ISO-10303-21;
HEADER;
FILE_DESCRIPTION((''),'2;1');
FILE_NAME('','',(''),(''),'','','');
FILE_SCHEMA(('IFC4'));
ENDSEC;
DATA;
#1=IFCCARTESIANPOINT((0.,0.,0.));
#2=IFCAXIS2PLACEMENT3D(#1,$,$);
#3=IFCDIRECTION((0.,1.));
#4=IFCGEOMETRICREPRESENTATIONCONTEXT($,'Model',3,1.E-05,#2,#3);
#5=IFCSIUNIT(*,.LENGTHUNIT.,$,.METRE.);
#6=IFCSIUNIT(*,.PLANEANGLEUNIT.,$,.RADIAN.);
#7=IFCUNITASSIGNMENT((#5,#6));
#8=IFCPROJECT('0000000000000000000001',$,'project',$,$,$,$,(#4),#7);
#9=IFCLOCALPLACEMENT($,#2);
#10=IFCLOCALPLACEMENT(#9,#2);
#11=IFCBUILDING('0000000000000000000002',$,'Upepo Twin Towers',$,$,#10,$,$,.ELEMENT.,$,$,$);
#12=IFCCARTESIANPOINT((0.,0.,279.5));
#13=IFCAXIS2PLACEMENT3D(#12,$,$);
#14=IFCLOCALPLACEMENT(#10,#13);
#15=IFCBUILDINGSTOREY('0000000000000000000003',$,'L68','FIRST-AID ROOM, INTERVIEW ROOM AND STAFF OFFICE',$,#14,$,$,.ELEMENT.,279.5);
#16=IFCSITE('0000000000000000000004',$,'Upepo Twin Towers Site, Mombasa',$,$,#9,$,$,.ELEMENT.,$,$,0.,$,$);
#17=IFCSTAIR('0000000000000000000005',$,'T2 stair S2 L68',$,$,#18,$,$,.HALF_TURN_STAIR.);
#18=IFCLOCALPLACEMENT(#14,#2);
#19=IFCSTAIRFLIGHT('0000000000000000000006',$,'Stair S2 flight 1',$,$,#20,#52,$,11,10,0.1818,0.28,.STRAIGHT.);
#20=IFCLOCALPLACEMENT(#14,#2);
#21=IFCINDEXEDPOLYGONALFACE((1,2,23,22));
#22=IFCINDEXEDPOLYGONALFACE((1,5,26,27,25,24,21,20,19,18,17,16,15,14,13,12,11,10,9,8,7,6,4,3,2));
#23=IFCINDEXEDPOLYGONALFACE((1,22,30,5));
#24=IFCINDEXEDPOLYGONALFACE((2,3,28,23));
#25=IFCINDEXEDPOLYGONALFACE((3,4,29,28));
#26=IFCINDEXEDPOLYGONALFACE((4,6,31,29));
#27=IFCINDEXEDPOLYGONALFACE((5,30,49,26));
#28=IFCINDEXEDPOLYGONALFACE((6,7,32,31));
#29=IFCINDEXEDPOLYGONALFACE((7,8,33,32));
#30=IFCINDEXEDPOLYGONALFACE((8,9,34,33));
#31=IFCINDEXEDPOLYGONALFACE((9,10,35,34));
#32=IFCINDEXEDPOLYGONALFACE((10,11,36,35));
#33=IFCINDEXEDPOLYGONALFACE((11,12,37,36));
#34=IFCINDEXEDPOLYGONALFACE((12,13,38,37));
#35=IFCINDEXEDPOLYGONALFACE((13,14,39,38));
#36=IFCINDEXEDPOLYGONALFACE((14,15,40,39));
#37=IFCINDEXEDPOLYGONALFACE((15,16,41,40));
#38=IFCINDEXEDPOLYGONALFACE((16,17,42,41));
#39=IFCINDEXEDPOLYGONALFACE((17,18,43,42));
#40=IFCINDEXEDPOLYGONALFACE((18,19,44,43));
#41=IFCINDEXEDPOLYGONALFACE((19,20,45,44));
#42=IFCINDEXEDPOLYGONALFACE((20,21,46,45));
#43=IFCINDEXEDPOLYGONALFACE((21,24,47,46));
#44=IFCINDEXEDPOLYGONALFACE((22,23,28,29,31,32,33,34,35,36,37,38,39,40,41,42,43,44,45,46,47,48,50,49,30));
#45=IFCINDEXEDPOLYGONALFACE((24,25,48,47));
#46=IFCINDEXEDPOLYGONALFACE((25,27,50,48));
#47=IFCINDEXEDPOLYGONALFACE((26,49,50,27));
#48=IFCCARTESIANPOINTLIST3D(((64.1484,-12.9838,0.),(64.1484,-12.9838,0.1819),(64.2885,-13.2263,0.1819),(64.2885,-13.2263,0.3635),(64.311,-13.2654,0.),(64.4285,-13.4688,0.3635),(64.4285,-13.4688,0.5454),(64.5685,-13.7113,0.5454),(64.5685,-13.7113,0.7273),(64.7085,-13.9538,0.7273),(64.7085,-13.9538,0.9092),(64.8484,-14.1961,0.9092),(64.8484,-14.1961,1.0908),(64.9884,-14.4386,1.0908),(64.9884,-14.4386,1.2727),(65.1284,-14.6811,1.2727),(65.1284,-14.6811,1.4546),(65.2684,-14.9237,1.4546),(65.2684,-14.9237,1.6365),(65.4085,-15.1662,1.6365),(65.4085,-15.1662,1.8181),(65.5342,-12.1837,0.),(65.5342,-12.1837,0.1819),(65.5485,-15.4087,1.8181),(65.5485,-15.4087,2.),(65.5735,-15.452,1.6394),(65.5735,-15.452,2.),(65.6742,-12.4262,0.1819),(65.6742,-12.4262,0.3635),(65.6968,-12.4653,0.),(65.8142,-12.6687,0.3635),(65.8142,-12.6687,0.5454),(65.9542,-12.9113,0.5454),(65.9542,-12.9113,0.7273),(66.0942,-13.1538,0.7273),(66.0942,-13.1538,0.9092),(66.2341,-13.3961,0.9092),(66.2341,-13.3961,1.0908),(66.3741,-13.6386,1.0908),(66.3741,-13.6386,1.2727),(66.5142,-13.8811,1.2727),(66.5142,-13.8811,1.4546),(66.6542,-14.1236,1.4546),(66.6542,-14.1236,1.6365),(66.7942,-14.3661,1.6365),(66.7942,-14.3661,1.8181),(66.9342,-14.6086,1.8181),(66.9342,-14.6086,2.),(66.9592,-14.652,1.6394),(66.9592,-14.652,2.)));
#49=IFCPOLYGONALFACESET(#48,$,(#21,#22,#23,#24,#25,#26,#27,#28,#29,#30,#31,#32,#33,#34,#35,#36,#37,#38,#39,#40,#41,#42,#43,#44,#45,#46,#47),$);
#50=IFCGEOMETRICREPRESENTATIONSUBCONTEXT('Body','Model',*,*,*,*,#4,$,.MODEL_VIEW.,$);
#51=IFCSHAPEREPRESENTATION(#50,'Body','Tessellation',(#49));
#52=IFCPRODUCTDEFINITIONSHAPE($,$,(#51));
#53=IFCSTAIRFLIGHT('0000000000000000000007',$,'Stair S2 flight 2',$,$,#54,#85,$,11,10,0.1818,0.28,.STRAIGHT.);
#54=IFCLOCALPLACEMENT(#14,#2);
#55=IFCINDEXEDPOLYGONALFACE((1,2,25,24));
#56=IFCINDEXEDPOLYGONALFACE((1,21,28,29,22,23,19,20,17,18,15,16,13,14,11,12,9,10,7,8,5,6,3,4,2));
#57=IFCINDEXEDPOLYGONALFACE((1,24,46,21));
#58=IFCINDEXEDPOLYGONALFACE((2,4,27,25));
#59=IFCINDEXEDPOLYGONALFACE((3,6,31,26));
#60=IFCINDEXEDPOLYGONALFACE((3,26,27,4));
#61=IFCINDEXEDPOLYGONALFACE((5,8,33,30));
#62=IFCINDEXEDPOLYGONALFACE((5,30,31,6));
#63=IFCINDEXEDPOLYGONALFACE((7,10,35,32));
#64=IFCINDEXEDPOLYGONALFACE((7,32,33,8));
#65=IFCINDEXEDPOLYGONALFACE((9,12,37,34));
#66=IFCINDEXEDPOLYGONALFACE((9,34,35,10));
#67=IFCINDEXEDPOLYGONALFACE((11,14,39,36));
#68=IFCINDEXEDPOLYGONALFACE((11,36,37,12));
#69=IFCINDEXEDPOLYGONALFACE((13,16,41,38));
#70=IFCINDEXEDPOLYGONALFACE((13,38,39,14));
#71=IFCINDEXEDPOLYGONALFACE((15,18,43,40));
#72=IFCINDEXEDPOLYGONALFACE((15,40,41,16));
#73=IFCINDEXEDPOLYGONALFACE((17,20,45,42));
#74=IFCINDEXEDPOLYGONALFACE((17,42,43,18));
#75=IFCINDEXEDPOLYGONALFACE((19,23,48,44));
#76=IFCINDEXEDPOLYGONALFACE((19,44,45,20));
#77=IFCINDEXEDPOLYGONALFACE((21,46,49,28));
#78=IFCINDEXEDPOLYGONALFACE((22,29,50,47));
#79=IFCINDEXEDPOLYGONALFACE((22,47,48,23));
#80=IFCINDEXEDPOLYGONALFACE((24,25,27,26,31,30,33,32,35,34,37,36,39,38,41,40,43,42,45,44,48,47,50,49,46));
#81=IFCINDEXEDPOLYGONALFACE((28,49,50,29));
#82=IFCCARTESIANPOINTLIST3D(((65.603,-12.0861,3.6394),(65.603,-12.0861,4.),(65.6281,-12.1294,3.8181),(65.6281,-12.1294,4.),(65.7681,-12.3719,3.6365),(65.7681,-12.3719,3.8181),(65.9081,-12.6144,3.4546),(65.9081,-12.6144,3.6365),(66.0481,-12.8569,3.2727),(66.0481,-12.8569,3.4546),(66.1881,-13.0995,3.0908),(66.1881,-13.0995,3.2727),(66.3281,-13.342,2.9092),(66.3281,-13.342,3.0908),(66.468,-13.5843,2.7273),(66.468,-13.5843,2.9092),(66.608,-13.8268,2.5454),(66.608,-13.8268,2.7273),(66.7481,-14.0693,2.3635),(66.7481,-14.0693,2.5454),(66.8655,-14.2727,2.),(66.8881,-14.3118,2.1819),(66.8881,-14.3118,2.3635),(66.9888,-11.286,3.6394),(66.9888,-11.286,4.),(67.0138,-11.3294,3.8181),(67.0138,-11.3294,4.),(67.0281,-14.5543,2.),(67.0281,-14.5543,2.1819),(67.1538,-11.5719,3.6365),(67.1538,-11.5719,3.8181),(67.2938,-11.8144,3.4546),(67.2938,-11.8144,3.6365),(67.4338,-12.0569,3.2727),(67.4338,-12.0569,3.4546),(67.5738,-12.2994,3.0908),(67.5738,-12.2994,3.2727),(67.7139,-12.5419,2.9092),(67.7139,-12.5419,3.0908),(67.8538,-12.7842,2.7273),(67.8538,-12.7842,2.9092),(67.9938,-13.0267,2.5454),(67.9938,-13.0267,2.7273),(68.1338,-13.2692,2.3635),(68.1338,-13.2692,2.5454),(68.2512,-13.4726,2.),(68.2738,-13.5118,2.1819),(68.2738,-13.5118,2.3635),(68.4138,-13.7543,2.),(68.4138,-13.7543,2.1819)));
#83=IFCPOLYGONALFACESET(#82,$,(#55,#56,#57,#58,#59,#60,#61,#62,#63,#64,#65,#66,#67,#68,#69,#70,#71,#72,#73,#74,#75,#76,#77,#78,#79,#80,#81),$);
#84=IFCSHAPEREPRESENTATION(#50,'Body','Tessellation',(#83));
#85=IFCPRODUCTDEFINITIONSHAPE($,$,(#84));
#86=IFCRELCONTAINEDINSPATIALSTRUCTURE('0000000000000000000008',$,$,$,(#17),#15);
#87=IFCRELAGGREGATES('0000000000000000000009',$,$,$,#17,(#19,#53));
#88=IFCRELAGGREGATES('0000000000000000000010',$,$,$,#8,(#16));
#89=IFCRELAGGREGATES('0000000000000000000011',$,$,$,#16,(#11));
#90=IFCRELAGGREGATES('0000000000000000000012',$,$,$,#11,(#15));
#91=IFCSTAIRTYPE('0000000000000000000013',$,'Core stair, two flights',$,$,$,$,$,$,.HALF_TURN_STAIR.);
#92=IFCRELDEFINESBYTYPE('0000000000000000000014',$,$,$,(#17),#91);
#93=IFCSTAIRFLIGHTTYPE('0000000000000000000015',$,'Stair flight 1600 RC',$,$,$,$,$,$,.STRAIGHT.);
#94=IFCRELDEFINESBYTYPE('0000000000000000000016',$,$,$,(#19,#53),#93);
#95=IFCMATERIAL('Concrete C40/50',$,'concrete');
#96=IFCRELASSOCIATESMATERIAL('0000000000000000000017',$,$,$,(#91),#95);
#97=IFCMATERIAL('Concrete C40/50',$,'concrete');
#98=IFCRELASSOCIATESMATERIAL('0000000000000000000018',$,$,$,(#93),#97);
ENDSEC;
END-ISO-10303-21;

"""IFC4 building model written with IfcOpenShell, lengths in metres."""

from ifc_helpers import new_model, si_unit, direction, frame, origin, place, context, subcontext, project, spatial, polyline, outline, extrude, material, type_object, element, aggregate, save


model = new_model("IFC4")

# Units and contexts
model_context = context("Model", 3, precision=1e-05, world=origin(), true_north=direction((0.0, 1.0)))
body_context = subcontext(model_context, "Body", "Model", "MODEL_VIEW")
ifc_project = project(units=[si_unit("LENGTHUNIT", "METRE"), si_unit("PLANEANGLEUNIT", "RADIAN")], contexts=[model_context])

# Site, building, storey
site_placement = place(None, origin())
site = spatial("IfcSite", under=ifc_project, at=site_placement, Name="Upepo Twin Towers Site, Mombasa", CompositionType="ELEMENT", RefElevation=0.0)
building_placement = place(site_placement, origin())
building = spatial("IfcBuilding", under=site, at=building_placement, Name="Upepo Twin Towers", CompositionType="ELEMENT")
storey_placement = place(building_placement, frame((0.0, 0.0, 279.5)))
storey = spatial("IfcBuildingStorey", under=building, at=storey_placement, Name="L68", Description="FIRST-AID ROOM, INTERVIEW ROOM AND STAFF OFFICE", CompositionType="ELEMENT", Elevation=279.5)

# Stair, stair flights
ifc_material_1 = material(Name="Concrete C40/50", Category="concrete")
stair_type = type_object("IfcStairType", Name="Core stair, two flights", PredefinedType="HALF_TURN_STAIR", material=ifc_material_1)
stair_placement = place(storey_placement, origin())
stair = element("IfcStair", 1, at=stair_placement, inside=storey, type_object=stair_type, Name="T2 stair S2 L68", PredefinedType="HALF_TURN_STAIR")
ifc_material_2 = material(Name="Concrete C40/50", Category="concrete")
stair_flight_type = type_object("IfcStairFlightType", Name="Stair flight 1600 RC", PredefinedType="STRAIGHT", material=ifc_material_2)
stair_flight_1_placement = place(storey_placement, frame((64.8413, -12.5837, 0.0), z_axis=(0.0, 0.0, 1.0), x_axis=(0.5, -0.866025, 0.0)))
stair_flight_1 = element("IfcStairFlight", 2, at=stair_flight_1_placement, type_object=stair_flight_type, Name="Stair S2 flight 1", NumberOfRisers=11, NumberOfTreads=10, PredefinedType="STRAIGHT", RiserHeight=0.1818, TreadLength=0.28, context=body_context, shape_type="SweptSolid", body=[
    extrude(outline(polyline([(0.0, 0.0), (0.0, 0.1819), (0.28, 0.1819), (0.28, 0.3635), (0.5601, 0.3635), (0.5601, 0.5454), (0.8401, 0.5454), (0.8401, 0.7273), (1.1201, 0.7273), (1.1201, 0.9092), (1.3999, 0.9092), (1.3999, 1.0908), (1.6799, 1.0908), (1.6799, 1.2727), (1.96, 1.2727), (1.96, 1.4546), (2.24, 1.4546), (2.24, 1.6365), (2.52, 1.6365), (2.52, 1.8181), (2.8, 1.8181), (2.8, 2.0), (2.8501, 2.0), (2.8501, 1.6394), (0.3252, 0.0), (0.0, 0.0)])), frame((0.0, 0.8, 0.0), z_axis=(0.0, -1.0, 0.0), x_axis=(1.0, 0.0, 0.0)), (0.0, 0.0, 1.0), 1.6001),
])
stair_flight_2_placement = place(storey_placement, frame((67.7209, -14.1543, 2.0), z_axis=(0.0, 0.0, 1.0), x_axis=(-0.5, 0.866025, 0.0)))
stair_flight_2 = element("IfcStairFlight", 3, at=stair_flight_2_placement, type_object=stair_flight_type, Name="Stair S2 flight 2", NumberOfRisers=11, NumberOfTreads=10, PredefinedType="STRAIGHT", RiserHeight=0.1818, TreadLength=0.28, context=body_context, shape_type="SweptSolid", body=[
    extrude(outline(polyline([(0.0, 0.0), (0.0, 0.1819), (0.28, 0.1819), (0.28, 0.3635), (0.5601, 0.3635), (0.5601, 0.5454), (0.8401, 0.5454), (0.8401, 0.7273), (1.1201, 0.7273), (1.1201, 0.9092), (1.3999, 0.9092), (1.3999, 1.0908), (1.6799, 1.0908), (1.6799, 1.2727), (1.96, 1.2727), (1.96, 1.4546), (2.24, 1.4546), (2.24, 1.6365), (2.52, 1.6365), (2.52, 1.8181), (2.8, 1.8181), (2.8, 2.0), (2.8501, 2.0), (2.8501, 1.6394), (0.3252, 0.0), (0.0, 0.0)])), frame((0.0, 0.8, 0.0), z_axis=(0.0, -1.0, 0.0), x_axis=(1.0, 0.0, 0.0)), (0.0, 0.0, 1.0), 1.6001),
])
aggregate(stair, [stair_flight_1, stair_flight_2])

save(model, "model.ifc")
